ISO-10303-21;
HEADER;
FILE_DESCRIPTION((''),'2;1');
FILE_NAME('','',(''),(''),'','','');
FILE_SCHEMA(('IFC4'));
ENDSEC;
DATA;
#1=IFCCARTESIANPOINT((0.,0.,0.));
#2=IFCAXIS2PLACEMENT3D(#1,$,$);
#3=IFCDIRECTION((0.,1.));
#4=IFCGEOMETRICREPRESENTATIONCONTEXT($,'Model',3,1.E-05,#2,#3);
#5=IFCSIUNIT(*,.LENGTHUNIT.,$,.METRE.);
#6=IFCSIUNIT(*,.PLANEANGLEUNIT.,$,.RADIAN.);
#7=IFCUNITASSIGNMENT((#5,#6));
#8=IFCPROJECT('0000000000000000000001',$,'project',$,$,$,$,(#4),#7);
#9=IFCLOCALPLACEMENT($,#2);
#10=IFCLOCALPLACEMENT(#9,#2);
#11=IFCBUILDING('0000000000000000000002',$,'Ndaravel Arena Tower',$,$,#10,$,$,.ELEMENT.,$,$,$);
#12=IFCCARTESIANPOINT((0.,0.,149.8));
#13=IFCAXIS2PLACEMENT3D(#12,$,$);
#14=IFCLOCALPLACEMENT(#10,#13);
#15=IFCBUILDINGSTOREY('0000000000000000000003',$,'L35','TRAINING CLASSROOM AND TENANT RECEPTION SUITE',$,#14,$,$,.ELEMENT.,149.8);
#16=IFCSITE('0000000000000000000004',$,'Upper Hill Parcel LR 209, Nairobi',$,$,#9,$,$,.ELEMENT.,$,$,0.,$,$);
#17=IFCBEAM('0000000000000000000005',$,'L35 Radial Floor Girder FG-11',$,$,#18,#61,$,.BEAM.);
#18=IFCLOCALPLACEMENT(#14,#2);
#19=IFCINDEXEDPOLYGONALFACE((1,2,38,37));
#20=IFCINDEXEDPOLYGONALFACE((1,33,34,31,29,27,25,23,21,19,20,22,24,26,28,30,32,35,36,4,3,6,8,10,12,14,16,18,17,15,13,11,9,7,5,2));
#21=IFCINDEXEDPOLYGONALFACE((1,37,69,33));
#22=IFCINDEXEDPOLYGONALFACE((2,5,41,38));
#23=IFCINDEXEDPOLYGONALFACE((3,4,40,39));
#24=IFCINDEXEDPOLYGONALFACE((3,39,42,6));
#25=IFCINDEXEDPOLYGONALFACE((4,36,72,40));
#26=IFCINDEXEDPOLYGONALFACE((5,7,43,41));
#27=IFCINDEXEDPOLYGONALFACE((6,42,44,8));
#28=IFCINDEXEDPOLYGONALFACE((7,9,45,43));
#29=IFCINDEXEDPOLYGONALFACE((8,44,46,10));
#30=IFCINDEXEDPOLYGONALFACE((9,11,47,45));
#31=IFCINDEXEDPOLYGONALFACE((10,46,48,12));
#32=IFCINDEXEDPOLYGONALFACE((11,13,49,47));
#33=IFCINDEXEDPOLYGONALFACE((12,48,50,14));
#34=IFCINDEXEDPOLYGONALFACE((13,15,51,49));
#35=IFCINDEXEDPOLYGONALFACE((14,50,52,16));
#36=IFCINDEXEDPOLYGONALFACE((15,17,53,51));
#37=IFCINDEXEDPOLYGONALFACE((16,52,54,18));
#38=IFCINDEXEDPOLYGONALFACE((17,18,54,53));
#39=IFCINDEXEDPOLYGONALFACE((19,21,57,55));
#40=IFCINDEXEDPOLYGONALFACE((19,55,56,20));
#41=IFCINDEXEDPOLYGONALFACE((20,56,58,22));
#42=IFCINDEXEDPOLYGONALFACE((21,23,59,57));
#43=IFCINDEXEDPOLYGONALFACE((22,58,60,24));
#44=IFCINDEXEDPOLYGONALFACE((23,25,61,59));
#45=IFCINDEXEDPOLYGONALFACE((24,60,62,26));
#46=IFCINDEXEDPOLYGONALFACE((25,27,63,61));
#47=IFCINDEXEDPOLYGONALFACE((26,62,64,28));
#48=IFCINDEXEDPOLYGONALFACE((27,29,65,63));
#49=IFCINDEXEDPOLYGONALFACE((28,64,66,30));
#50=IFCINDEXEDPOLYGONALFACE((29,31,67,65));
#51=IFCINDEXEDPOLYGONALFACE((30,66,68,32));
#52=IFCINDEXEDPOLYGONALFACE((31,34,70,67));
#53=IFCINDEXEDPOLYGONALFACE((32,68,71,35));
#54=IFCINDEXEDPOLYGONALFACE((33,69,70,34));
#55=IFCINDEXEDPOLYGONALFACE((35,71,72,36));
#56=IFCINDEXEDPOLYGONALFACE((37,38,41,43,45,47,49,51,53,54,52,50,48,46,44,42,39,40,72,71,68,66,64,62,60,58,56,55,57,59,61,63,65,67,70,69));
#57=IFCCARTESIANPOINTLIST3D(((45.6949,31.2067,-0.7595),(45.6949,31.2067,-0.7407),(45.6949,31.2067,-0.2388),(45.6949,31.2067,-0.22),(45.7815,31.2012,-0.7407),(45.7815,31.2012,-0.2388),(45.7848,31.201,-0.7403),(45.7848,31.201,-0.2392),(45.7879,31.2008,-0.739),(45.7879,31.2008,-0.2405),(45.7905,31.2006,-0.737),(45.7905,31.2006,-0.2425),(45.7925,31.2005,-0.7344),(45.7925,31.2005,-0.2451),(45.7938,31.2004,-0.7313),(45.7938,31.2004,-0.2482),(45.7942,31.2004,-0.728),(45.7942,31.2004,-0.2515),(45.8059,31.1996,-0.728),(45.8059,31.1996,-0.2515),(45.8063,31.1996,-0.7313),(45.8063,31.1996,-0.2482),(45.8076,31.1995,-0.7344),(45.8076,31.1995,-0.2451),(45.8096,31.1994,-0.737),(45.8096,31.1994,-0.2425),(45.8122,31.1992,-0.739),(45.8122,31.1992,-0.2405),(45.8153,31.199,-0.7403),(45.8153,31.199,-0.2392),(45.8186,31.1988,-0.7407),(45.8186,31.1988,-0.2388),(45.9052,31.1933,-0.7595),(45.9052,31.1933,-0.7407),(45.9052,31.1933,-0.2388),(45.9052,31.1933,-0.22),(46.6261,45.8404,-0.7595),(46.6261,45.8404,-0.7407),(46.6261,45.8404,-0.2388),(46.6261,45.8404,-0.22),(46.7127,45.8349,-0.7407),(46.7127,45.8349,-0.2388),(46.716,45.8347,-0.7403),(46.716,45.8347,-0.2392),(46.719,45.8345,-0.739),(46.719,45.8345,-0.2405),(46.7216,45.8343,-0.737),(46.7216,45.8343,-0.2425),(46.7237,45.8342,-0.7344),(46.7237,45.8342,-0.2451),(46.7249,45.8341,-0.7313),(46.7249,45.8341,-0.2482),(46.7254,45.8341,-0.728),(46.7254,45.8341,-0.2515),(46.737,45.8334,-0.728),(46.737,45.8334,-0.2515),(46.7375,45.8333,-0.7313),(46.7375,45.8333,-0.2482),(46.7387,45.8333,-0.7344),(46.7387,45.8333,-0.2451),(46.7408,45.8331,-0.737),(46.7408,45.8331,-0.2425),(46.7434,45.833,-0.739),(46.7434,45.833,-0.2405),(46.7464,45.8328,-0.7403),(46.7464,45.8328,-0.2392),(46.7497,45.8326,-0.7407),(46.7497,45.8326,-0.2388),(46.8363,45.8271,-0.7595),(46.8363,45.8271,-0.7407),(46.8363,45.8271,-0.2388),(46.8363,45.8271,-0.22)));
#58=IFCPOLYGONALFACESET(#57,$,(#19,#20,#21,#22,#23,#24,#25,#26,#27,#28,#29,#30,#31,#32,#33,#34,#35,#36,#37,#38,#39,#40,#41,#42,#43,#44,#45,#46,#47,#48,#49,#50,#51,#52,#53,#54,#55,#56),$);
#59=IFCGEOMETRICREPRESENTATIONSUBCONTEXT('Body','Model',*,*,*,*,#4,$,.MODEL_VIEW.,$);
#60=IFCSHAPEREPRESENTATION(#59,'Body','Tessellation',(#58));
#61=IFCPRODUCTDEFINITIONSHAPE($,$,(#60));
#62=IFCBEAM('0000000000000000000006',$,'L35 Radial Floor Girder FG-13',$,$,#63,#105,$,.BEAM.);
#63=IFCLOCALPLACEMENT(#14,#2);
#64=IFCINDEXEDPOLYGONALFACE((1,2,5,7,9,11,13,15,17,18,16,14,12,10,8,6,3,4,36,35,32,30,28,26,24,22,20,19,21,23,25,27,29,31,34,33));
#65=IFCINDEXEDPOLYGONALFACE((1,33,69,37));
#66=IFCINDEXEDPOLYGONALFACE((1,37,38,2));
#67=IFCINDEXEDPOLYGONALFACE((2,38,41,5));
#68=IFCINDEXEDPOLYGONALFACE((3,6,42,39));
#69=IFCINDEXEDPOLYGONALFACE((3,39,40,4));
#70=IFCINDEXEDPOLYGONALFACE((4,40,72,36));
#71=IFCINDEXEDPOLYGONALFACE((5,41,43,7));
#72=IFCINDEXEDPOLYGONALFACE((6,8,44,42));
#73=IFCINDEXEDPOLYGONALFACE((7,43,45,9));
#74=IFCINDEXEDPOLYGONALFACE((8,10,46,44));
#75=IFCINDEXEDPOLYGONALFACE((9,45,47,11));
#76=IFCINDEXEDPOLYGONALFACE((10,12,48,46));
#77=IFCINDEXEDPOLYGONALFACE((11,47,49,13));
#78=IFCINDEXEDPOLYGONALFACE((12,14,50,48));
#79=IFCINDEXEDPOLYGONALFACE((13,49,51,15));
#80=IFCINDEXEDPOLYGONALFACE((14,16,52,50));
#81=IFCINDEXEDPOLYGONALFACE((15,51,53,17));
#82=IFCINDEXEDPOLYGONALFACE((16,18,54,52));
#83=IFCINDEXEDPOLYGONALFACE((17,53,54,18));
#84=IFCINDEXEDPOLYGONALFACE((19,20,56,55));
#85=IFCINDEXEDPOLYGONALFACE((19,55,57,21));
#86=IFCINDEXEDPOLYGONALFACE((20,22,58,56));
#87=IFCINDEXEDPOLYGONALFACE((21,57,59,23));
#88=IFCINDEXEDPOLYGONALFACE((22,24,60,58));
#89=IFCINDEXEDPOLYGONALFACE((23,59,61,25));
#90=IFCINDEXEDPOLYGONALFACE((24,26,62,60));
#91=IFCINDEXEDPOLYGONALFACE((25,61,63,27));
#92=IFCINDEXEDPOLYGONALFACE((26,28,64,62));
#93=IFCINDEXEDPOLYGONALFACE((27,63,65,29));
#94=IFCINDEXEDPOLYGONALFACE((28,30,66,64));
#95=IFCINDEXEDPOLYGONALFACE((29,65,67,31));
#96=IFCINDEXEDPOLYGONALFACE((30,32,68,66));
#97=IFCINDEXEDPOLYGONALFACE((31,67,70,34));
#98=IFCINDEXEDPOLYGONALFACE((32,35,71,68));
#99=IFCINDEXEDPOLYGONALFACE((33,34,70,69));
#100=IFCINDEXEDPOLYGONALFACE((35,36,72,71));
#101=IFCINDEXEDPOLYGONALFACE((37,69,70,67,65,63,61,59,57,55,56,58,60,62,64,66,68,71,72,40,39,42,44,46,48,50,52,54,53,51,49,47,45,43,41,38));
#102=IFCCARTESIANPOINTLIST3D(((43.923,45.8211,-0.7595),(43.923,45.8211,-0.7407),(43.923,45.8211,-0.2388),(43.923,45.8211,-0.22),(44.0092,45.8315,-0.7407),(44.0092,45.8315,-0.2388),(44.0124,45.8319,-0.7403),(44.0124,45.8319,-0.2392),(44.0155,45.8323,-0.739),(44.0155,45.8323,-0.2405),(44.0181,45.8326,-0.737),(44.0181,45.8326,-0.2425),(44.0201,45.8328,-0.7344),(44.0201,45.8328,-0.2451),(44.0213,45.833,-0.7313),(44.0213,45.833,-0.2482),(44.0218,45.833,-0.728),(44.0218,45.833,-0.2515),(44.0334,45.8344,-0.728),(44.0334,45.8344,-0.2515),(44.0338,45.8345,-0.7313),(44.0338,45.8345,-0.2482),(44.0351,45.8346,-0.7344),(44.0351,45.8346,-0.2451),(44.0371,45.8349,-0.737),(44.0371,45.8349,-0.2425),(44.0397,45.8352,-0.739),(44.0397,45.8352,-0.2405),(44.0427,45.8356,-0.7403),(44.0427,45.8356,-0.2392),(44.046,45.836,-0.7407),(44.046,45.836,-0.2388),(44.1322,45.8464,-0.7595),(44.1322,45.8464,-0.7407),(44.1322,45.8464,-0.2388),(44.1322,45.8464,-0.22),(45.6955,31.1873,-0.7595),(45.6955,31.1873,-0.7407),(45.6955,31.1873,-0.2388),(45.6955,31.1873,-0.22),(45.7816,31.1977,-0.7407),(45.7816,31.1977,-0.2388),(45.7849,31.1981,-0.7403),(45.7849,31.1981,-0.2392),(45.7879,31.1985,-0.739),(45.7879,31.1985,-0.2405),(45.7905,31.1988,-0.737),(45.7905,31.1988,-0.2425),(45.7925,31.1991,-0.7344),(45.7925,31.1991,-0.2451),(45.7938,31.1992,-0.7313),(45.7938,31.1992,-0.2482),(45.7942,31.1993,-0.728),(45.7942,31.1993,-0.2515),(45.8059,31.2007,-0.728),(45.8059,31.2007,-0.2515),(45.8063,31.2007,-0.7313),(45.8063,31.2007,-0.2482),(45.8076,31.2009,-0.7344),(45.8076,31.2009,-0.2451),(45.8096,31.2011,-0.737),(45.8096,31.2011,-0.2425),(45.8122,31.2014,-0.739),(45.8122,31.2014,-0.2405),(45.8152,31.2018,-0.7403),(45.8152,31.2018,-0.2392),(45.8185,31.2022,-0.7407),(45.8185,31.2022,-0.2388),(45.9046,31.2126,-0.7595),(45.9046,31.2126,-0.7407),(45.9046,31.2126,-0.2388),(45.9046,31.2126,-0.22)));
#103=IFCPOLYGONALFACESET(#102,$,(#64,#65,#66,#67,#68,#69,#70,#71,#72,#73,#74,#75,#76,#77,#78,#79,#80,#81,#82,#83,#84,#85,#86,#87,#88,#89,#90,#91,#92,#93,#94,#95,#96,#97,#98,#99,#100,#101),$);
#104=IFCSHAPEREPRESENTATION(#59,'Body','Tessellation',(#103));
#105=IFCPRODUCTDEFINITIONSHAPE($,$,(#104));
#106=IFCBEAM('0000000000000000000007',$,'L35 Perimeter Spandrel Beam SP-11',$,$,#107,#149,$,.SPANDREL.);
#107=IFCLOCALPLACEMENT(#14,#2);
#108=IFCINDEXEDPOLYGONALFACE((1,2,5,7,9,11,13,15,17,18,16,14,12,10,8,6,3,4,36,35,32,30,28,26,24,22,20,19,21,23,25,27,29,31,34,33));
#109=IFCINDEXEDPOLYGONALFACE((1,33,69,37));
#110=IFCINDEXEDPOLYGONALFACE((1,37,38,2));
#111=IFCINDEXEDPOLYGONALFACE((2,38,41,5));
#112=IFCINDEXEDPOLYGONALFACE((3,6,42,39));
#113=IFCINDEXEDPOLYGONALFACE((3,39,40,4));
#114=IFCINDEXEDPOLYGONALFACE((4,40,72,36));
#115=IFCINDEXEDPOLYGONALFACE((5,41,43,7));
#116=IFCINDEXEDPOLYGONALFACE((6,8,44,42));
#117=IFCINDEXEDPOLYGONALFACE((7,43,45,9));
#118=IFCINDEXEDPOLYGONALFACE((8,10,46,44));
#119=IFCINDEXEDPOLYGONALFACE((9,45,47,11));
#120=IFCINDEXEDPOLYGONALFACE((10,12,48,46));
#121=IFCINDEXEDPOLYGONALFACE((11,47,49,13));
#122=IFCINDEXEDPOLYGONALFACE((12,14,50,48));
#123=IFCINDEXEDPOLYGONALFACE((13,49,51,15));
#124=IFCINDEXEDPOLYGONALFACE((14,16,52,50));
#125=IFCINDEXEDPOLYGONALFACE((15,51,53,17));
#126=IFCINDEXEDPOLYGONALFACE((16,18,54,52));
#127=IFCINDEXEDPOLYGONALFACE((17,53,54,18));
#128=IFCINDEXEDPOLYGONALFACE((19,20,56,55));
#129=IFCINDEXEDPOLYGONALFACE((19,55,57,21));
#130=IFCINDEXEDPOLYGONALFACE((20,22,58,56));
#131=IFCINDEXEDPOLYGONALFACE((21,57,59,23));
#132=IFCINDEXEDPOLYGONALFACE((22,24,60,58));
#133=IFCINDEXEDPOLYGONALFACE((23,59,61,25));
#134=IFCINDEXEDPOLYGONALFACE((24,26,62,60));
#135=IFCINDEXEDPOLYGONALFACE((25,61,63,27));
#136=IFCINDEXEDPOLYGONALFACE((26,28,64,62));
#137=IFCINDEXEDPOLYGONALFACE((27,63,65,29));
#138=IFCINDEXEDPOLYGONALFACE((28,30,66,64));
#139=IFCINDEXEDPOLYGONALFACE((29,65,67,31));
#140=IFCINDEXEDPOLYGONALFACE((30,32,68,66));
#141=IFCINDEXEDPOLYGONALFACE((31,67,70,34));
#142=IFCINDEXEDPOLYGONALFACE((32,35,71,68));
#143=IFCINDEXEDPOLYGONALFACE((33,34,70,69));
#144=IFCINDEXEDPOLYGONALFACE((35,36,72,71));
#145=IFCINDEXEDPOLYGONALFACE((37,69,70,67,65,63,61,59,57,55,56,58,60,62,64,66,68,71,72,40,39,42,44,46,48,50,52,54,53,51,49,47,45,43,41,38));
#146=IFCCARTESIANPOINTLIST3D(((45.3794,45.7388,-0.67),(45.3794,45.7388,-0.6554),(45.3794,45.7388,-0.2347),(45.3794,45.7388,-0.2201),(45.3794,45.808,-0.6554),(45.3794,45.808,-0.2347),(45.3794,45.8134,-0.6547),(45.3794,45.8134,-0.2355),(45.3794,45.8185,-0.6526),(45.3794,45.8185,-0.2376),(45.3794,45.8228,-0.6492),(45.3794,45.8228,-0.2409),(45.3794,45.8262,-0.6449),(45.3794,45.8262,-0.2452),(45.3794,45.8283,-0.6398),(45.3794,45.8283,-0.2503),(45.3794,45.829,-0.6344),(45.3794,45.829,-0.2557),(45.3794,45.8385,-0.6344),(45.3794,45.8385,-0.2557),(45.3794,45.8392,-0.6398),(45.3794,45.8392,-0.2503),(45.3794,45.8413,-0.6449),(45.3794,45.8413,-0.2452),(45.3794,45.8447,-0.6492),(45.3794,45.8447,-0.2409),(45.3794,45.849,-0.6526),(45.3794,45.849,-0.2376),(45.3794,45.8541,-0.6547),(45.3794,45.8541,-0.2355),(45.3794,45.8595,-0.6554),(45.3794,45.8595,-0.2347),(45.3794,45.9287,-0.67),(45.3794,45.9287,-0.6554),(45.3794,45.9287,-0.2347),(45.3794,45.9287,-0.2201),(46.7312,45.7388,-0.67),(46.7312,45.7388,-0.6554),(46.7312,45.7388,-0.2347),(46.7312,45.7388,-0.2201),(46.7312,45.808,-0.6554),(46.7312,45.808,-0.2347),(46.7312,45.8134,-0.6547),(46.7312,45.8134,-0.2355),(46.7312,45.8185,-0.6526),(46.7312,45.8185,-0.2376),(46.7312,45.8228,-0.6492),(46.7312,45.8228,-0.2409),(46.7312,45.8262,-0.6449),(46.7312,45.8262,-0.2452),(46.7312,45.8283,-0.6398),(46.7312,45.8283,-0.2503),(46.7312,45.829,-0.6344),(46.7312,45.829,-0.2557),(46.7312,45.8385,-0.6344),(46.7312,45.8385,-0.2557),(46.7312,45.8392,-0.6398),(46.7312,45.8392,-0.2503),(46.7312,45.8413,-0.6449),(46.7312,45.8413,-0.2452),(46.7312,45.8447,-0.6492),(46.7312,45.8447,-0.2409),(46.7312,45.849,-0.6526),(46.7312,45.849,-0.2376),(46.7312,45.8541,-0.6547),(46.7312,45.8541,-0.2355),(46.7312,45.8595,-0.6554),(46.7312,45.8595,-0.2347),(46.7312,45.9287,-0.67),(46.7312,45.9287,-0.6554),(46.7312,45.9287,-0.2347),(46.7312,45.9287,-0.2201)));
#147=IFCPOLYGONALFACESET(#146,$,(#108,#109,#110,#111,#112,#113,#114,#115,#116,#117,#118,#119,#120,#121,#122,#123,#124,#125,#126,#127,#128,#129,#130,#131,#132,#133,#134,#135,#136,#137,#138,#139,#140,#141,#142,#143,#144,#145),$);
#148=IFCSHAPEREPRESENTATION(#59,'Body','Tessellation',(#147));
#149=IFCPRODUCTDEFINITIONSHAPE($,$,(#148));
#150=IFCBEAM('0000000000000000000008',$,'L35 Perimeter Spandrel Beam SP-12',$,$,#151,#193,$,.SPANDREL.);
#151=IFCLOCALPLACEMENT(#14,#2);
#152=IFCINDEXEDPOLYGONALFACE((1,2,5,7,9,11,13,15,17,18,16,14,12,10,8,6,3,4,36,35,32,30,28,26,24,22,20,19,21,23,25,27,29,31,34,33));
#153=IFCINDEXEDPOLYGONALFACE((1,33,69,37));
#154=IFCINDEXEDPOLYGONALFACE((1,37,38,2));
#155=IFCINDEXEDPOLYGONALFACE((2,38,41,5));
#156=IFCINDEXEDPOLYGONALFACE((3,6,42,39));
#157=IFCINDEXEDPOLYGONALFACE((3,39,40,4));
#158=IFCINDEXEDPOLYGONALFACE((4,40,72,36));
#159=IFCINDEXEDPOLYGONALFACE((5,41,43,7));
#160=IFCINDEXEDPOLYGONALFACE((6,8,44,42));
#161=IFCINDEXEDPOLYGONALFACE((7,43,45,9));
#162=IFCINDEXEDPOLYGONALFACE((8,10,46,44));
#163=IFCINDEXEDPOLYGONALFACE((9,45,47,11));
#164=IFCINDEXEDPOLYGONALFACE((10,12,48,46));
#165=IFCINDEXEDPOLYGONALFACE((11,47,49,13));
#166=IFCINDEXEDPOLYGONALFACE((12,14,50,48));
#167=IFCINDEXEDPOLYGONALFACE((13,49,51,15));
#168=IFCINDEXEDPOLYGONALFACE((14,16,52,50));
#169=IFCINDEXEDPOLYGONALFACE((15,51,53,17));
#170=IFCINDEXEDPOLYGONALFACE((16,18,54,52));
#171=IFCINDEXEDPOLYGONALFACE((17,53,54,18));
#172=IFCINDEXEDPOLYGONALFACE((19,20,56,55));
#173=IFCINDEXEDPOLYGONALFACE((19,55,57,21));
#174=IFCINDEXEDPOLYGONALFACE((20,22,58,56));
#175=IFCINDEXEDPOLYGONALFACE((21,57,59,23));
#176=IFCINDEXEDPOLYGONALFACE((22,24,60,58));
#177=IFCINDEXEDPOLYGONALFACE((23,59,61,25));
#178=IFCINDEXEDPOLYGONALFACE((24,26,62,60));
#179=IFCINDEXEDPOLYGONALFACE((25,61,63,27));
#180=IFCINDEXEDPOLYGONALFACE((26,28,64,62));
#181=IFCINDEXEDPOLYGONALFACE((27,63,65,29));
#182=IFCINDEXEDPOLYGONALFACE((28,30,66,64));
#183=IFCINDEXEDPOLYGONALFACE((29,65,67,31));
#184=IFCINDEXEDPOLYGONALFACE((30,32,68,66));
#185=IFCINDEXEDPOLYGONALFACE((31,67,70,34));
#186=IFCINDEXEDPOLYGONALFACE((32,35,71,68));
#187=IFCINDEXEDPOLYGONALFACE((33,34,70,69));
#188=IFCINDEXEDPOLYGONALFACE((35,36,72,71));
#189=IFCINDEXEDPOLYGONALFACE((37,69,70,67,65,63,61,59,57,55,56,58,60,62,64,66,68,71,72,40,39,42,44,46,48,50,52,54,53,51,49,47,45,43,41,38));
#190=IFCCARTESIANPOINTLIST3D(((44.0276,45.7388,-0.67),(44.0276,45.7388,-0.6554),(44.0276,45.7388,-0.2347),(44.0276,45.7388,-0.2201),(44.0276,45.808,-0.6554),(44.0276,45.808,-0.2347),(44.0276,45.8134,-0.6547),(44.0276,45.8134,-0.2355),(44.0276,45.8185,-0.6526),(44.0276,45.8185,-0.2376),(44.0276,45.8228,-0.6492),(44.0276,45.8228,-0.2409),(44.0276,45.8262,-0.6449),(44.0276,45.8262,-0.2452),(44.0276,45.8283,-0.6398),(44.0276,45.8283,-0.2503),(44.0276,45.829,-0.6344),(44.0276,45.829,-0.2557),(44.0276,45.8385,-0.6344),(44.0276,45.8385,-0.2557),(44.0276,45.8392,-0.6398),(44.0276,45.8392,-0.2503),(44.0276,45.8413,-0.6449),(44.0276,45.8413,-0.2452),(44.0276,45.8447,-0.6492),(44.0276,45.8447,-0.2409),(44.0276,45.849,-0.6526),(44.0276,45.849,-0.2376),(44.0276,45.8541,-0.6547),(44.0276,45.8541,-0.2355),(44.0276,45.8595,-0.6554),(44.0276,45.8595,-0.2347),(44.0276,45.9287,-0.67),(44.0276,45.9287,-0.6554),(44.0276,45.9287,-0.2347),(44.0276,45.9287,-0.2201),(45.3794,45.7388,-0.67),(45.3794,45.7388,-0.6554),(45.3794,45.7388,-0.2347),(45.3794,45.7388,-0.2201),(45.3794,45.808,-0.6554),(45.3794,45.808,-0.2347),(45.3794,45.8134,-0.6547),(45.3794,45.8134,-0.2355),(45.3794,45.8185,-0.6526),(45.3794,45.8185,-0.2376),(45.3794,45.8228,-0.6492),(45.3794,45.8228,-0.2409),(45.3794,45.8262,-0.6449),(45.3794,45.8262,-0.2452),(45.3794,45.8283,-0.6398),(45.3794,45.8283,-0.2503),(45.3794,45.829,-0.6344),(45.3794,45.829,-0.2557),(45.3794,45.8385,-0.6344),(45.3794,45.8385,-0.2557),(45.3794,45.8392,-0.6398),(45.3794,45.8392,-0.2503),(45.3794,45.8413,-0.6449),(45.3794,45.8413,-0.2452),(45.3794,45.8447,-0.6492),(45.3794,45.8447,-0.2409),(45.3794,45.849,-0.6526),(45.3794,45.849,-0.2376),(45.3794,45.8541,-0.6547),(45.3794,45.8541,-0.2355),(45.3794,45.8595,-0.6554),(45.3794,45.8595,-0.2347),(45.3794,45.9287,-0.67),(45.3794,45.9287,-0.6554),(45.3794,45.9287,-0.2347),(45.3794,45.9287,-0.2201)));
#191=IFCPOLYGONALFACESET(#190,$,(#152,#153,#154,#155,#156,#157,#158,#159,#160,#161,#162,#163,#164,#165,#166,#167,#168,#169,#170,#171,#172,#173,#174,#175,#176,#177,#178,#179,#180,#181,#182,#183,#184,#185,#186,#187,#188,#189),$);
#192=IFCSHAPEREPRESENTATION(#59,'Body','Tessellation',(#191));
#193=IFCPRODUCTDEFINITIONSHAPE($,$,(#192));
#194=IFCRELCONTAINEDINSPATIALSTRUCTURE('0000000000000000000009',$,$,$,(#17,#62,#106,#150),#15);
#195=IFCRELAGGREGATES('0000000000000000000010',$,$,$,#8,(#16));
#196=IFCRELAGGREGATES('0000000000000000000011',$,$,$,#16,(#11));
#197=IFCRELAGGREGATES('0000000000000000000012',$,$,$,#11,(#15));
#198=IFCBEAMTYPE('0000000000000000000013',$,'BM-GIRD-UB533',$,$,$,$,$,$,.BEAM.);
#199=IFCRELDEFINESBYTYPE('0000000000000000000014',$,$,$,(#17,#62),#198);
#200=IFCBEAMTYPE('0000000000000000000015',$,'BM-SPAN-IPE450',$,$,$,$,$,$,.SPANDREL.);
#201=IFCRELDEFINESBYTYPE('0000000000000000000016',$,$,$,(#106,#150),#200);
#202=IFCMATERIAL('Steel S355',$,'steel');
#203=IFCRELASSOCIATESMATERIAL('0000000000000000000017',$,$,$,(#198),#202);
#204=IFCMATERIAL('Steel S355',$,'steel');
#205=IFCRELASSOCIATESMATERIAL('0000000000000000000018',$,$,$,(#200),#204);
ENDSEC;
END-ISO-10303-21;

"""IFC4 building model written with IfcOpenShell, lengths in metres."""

from ifc_helpers import new_model, si_unit, direction, frame, origin, origin_2d, place, context, subcontext, project, spatial, i_section, extrude, material, material_profile, profile_set, type_object, element, save


model = new_model("IFC4")

# Units and contexts
model_context = context("Model", 3, precision=1e-05, world=origin(), true_north=direction((0.0, 1.0)))
body_context = subcontext(model_context, "Body", "Model", "MODEL_VIEW")
ifc_project = project(units=[si_unit("LENGTHUNIT", "METRE"), si_unit("PLANEANGLEUNIT", "RADIAN")], contexts=[model_context])

# Site, building, storey
site_placement = place(None, origin())
site = spatial("IfcSite", under=ifc_project, at=site_placement, Name="Upper Hill Parcel LR 209, Nairobi", CompositionType="ELEMENT", RefElevation=0.0)
building_placement = place(site_placement, origin())
building = spatial("IfcBuilding", under=site, at=building_placement, Name="Ndaravel Arena Tower", CompositionType="ELEMENT")
storey_placement = place(building_placement, frame((0.0, 0.0, 149.8)))
storey = spatial("IfcBuildingStorey", under=building, at=storey_placement, Name="L35", Description="TRAINING CLASSROOM AND TENANT RECEPTION SUITE", CompositionType="ELEMENT", Elevation=149.8)

# Beams
ifc_material_1 = material(Name="Steel S355", Category="steel")
ifc_material_profile_1 = material_profile(ifc_material_1, i_section(OverallWidth=0.2107, OverallDepth=0.5396, WebThickness=0.0117, FlangeThickness=0.0188, FilletRadius=0.0127, at=origin_2d()), Name="UB 533x210x109")
ifc_profile_set_1 = profile_set([ifc_material_profile_1], Name="Steel S355")
beam_type_1 = type_object("IfcBeamType", Name="BM-GIRD-UB533", PredefinedType="BEAM", material=ifc_profile_set_1)
beam_1_placement = place(storey_placement, frame((46.7312, 45.8337, -0.4897), z_axis=(-0.063502, -0.997982, 0.0), x_axis=(0.997982, -0.063502, 0.0)))
element("IfcBeam", 1, at=beam_1_placement, inside=storey, type_object=beam_type_1, Name="L35 Radial Floor Girder FG-11", PredefinedType="BEAM", context=body_context, shape_type="SweptSolid", body=[
    extrude(i_section(OverallWidth=0.2107, OverallDepth=0.5396, WebThickness=0.0117, FlangeThickness=0.0188, FilletRadius=0.0127, at=origin_2d()), origin(), (0.0, 0.0, 1.0), 14.6633),
])
beam_2_placement = place(storey_placement, frame((44.0276, 45.8337, -0.4897), z_axis=(0.120242, -0.992745, 0.0), x_axis=(0.992745, 0.120242, 0.0)))
element("IfcBeam", 2, at=beam_2_placement, inside=storey, type_object=beam_type_1, Name="L35 Radial Floor Girder FG-13", PredefinedType="BEAM", context=body_context, shape_type="SweptSolid", body=[
    extrude(i_section(OverallWidth=0.2107, OverallDepth=0.5396, WebThickness=0.0117, FlangeThickness=0.0188, FilletRadius=0.0127, at=origin_2d()), origin(), (0.0, 0.0, 1.0), 14.7407),
])
ifc_material_2 = material(Name="Steel S355", Category="steel")
ifc_material_profile_2 = material_profile(ifc_material_2, i_section(OverallWidth=0.1899, OverallDepth=0.45, WebThickness=0.0095, FlangeThickness=0.0146, FilletRadius=0.021, at=origin_2d()), Name="IPE 450")
ifc_profile_set_2 = profile_set([ifc_material_profile_2], Name="Steel S355")
beam_type_2 = type_object("IfcBeamType", Name="BM-SPAN-IPE450", PredefinedType="SPANDREL", material=ifc_profile_set_2)
for number, where, z_axis, x_axis, name in (
    (3, (46.7312, 45.8337, -0.4451), (-1.0, 0.0, 0.0), (0.0, -1.0, 0.0), "L35 Perimeter Spandrel Beam SP-11"),
    (4, (45.3794, 45.8337, -0.4451), (-1.0, 0.0, 0.0), (0.0, -1.0, 0.0), "L35 Perimeter Spandrel Beam SP-12"),
):
    element("IfcBeam", number, at=place(storey_placement, frame(where, z_axis=z_axis, x_axis=x_axis)), inside=storey, type_object=beam_type_2, Name=name, PredefinedType="SPANDREL", context=body_context, shape_type="SweptSolid", body=[
        extrude(i_section(OverallWidth=0.1899, OverallDepth=0.45, WebThickness=0.0095, FlangeThickness=0.0146, FilletRadius=0.021, at=origin_2d()), origin(), (0.0, 0.0, 1.0), 1.3518),
    ])

save(model, "model.ifc")
